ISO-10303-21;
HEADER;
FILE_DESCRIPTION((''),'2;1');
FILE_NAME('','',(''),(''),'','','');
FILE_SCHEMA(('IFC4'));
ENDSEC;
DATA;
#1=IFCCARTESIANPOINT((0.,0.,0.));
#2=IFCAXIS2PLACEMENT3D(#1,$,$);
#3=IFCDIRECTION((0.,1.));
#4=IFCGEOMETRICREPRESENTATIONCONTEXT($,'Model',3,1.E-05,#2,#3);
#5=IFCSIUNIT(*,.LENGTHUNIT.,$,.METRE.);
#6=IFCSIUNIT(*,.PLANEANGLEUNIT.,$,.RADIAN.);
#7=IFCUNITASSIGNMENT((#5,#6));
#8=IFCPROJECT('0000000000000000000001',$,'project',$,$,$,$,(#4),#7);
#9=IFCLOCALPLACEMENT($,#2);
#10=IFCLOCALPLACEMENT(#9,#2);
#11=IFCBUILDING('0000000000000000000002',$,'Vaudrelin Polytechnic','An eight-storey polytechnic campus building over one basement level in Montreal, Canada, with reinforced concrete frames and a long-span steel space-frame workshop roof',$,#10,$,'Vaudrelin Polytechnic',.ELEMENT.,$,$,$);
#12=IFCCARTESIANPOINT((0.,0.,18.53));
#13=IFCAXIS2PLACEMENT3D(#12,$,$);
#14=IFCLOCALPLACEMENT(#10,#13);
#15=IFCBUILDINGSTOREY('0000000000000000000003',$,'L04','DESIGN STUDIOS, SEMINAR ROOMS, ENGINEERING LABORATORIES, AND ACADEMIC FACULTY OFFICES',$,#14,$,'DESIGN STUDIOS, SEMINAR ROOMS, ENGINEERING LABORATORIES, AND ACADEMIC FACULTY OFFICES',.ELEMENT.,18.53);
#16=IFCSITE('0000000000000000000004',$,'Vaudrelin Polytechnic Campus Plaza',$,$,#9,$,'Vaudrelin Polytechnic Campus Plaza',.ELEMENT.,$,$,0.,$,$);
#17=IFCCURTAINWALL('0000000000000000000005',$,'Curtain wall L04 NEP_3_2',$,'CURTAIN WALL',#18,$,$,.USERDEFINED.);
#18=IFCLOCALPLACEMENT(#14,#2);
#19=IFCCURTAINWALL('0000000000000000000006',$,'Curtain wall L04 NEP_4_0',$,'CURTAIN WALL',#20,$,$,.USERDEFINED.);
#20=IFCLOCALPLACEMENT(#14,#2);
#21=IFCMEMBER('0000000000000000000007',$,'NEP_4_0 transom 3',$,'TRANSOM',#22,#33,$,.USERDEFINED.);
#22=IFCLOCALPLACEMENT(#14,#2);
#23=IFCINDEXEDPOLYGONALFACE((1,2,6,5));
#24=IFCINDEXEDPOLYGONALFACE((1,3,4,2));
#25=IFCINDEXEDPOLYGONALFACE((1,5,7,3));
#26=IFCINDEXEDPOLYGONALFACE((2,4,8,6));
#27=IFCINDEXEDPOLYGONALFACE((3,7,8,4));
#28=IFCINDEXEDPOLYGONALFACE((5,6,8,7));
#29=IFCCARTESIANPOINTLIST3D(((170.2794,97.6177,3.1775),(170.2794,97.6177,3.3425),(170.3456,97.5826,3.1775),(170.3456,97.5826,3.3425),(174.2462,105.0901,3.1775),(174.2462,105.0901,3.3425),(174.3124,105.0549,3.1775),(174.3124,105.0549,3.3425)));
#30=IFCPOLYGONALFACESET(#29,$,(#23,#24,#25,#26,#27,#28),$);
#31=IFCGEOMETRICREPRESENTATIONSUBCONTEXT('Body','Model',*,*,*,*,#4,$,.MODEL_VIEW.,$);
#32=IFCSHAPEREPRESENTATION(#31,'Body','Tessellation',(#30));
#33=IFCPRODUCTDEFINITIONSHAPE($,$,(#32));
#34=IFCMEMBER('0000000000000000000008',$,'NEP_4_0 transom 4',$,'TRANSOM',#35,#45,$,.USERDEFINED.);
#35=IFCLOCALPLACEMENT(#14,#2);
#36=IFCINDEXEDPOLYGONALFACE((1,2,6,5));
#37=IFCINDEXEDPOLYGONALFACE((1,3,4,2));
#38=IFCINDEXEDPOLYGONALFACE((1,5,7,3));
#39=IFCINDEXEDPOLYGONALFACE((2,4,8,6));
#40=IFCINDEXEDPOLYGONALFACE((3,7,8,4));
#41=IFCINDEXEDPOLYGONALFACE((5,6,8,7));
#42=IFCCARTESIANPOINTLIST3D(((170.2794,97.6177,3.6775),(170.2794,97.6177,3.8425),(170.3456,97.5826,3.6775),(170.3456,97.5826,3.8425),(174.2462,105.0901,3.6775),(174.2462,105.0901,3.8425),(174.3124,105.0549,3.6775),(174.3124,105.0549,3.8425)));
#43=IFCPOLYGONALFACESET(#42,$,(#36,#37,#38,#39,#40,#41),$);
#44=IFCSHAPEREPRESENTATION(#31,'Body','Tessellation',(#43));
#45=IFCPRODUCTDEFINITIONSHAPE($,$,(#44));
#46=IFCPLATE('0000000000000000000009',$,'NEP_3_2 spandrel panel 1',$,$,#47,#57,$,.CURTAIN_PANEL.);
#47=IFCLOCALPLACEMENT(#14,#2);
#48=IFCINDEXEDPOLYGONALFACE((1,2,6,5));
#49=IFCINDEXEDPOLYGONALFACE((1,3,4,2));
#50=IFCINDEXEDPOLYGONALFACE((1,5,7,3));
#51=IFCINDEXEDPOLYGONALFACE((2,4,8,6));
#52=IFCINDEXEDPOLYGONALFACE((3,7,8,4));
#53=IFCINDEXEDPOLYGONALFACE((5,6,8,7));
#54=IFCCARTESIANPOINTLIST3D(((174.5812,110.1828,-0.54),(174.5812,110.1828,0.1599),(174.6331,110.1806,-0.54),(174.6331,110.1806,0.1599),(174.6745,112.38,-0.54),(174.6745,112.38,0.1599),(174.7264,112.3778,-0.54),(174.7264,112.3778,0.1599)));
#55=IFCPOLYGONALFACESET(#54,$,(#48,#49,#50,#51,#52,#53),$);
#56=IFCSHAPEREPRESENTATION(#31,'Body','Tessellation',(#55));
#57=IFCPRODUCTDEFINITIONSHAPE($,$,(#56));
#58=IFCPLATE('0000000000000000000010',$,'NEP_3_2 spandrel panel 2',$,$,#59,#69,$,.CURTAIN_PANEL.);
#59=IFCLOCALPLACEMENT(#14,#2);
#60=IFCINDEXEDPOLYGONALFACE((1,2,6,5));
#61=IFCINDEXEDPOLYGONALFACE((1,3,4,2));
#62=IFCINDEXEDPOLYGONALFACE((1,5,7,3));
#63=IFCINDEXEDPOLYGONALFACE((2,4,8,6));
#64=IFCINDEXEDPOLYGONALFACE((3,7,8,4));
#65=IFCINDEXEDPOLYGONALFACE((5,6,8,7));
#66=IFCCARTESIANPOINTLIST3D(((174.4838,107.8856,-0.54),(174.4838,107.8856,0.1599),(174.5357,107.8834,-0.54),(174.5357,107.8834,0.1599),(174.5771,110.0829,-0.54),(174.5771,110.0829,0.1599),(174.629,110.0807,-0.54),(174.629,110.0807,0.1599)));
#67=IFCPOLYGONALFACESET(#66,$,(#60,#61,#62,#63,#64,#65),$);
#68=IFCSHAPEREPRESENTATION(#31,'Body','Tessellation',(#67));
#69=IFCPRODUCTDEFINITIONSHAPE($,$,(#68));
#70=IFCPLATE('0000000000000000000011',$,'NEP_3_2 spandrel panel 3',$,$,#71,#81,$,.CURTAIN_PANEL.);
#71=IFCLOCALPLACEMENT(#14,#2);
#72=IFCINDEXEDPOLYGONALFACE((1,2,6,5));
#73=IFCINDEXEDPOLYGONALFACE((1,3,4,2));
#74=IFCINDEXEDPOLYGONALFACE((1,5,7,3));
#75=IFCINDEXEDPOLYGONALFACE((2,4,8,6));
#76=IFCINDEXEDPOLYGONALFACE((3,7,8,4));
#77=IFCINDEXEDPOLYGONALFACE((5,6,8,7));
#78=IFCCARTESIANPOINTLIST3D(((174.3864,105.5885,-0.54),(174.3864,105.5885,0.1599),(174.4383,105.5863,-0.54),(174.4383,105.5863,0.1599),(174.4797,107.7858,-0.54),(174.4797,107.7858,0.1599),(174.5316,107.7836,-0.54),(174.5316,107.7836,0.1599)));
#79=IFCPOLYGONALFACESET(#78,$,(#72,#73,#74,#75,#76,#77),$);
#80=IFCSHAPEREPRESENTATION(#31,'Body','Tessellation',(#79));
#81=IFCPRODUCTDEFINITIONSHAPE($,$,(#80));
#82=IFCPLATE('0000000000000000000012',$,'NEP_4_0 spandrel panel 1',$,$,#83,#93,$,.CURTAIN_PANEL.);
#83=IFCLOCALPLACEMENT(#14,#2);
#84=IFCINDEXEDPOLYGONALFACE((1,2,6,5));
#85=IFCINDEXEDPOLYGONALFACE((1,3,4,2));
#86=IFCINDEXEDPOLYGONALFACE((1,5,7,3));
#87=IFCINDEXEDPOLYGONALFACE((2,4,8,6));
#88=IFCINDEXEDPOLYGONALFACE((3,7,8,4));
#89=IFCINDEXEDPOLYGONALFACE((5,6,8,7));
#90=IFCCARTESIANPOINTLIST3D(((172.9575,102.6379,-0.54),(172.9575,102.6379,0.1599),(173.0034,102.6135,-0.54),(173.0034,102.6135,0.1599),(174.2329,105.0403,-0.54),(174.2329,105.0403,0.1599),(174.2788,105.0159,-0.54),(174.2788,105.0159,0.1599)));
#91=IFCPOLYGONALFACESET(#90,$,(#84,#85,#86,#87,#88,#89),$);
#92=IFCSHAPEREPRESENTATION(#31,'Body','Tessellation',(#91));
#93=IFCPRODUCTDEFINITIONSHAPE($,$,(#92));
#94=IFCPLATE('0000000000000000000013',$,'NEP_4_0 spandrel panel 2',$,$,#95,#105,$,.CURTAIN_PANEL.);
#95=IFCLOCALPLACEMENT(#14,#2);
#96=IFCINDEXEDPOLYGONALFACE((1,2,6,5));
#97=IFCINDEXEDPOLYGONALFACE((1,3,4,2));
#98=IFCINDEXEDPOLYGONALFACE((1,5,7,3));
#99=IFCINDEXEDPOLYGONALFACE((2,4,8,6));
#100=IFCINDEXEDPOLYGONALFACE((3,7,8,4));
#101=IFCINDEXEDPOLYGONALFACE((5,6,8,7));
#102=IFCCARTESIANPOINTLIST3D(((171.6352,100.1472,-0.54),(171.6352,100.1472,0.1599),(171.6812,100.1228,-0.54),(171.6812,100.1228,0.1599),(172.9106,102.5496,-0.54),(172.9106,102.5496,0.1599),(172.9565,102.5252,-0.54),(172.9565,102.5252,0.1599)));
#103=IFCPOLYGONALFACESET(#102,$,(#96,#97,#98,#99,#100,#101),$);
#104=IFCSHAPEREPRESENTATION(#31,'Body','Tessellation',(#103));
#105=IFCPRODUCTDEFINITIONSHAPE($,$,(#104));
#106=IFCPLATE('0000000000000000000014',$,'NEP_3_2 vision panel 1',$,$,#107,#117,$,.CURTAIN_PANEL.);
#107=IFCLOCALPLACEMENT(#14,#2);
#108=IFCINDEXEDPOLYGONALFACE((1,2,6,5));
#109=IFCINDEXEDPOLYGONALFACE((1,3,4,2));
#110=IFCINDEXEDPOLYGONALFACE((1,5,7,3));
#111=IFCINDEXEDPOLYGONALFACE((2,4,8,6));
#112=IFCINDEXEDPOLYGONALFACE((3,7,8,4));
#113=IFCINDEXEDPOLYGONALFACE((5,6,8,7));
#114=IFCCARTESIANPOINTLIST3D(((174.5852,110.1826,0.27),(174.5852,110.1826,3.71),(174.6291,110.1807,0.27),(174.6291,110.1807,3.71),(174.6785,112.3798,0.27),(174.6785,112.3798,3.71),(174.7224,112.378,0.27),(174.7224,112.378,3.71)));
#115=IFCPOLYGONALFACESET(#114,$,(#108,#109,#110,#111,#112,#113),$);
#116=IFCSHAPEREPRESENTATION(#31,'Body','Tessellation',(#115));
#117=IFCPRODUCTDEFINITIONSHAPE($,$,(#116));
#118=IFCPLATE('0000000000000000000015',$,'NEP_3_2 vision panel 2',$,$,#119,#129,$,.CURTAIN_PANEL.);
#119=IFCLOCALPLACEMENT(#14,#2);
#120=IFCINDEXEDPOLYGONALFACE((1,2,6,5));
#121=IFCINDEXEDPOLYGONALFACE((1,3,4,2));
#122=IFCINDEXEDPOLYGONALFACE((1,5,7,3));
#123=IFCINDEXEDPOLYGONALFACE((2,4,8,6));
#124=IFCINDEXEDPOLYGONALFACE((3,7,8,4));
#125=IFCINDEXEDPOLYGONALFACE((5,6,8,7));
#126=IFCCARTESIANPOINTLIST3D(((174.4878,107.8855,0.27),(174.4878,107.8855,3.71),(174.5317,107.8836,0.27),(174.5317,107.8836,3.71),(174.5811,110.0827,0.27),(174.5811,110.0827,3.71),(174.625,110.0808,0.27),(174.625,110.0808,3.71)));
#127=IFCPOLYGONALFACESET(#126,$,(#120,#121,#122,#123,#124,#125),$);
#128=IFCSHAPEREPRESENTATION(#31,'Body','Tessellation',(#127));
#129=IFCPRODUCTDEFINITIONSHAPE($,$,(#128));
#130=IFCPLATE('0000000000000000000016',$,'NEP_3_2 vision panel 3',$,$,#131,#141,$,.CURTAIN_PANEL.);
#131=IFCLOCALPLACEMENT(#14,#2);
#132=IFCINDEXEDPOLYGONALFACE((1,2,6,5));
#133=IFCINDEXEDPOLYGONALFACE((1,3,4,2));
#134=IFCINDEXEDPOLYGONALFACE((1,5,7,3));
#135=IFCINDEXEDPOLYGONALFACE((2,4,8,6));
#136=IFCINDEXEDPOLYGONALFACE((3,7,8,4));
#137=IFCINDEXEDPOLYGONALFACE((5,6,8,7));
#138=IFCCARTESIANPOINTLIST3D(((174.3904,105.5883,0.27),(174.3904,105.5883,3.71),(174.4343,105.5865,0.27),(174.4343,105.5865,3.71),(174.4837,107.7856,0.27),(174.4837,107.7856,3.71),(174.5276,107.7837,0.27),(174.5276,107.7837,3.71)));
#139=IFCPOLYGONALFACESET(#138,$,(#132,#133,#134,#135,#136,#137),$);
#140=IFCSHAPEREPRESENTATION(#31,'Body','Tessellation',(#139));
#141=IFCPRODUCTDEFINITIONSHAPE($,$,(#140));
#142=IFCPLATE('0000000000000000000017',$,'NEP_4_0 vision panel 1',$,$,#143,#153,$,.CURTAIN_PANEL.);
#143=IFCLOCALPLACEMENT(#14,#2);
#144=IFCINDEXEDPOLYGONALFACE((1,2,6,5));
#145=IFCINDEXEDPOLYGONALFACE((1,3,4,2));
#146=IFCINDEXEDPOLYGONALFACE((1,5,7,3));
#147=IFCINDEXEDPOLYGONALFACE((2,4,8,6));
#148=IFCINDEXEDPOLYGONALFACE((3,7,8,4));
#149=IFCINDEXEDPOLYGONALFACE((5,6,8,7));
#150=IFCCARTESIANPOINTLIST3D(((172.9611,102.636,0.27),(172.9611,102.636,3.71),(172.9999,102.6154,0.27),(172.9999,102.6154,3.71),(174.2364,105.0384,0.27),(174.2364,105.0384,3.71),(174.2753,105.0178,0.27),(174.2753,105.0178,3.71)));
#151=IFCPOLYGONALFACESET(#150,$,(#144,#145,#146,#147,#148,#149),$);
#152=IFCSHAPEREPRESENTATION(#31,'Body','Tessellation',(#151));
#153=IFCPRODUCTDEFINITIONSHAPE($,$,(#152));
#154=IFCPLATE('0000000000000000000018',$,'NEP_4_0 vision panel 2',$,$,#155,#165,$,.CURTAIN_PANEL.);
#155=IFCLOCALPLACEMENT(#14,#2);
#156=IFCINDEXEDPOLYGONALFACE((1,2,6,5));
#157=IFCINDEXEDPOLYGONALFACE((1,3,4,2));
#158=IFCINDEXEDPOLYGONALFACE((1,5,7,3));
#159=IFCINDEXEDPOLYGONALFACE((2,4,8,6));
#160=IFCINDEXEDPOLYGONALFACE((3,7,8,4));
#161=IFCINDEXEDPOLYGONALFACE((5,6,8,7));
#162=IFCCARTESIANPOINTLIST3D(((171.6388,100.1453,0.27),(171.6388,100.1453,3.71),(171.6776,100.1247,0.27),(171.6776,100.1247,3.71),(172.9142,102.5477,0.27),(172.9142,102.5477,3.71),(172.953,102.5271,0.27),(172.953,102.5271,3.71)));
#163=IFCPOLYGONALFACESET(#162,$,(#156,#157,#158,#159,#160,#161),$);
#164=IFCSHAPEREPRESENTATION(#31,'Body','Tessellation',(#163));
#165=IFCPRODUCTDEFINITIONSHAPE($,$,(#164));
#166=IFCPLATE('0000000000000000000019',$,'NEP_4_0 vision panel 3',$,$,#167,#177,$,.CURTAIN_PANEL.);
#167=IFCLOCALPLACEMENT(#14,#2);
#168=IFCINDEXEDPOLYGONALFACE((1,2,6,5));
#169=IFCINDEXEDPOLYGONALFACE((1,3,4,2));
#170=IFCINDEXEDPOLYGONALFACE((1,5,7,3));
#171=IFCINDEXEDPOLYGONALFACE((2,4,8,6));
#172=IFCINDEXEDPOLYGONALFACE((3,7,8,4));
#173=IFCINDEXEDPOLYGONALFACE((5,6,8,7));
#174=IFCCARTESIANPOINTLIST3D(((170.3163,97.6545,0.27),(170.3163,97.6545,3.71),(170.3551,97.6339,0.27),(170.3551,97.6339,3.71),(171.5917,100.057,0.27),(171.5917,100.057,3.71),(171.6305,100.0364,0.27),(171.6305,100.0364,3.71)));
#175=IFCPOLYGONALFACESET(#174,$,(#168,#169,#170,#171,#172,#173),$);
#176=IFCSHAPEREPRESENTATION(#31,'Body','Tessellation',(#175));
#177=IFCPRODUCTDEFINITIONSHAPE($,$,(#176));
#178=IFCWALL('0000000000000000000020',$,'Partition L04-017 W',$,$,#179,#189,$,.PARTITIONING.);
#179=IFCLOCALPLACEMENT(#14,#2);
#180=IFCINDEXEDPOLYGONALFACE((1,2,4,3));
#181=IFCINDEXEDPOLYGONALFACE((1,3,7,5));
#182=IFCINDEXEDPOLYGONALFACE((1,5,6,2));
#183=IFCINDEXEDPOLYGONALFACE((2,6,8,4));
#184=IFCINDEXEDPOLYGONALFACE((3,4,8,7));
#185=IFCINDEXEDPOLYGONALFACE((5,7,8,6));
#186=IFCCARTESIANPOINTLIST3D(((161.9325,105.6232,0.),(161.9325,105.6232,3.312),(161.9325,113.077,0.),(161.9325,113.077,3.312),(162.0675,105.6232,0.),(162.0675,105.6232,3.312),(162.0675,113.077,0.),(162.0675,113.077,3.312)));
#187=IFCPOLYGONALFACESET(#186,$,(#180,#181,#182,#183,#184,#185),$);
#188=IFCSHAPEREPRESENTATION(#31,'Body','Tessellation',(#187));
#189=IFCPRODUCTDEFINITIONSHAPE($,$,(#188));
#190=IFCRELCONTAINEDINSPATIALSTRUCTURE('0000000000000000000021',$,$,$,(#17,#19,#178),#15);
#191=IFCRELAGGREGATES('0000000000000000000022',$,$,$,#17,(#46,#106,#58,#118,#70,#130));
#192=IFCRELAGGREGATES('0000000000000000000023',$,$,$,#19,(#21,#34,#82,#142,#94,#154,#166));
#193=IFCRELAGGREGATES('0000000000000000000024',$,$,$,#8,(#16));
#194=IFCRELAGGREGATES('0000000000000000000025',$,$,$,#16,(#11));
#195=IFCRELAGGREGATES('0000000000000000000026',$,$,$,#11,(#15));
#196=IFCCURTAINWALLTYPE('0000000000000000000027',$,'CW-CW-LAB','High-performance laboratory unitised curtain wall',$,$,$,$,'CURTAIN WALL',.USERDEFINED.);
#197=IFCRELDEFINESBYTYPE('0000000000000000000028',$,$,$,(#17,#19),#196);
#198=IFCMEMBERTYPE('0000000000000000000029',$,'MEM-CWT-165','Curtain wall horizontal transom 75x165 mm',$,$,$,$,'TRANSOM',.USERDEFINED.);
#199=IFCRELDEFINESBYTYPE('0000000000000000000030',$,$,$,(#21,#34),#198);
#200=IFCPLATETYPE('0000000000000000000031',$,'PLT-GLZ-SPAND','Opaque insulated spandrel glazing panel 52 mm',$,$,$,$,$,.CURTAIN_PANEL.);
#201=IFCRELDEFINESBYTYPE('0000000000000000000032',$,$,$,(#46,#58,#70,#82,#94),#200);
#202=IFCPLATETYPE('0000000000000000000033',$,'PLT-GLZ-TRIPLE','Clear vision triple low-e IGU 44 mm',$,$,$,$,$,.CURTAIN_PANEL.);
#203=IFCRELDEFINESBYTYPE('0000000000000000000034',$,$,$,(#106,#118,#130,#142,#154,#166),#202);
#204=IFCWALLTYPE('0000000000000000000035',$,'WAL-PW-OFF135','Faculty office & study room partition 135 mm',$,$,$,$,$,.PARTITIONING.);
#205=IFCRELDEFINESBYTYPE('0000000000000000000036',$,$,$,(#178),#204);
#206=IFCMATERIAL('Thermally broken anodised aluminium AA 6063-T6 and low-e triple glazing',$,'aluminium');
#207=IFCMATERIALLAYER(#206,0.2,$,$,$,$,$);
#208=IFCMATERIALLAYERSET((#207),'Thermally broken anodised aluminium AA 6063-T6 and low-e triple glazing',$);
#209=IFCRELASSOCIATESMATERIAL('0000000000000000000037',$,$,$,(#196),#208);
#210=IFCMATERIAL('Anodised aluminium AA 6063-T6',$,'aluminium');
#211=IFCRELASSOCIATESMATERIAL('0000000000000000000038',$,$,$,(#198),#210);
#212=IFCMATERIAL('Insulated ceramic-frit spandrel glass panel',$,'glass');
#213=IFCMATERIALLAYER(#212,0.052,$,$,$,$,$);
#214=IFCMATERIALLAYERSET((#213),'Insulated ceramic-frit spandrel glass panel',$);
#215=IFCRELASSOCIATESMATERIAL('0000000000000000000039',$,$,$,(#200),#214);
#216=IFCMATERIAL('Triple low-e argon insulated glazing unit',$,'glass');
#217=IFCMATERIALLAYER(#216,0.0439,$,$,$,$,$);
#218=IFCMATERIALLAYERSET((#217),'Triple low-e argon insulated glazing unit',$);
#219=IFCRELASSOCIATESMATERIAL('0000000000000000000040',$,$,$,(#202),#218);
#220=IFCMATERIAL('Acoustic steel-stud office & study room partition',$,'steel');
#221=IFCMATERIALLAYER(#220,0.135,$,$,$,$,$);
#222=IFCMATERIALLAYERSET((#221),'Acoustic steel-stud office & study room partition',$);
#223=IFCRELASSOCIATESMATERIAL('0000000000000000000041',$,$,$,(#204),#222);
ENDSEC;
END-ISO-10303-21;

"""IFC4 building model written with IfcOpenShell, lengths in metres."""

from ifc_helpers import new_model, si_unit, direction, frame, frame_2d, origin, origin_2d, place, context, subcontext, project, spatial, rectangle, extrude, material, layer, layer_set, material_profile, profile_set, type_object, element, aggregate, save


model = new_model("IFC4")

# Units and contexts
model_context = context("Model", 3, precision=1e-05, world=origin(), true_north=direction((0.0, 1.0)))
body_context = subcontext(model_context, "Body", "Model", "MODEL_VIEW")
ifc_project = project(units=[si_unit("LENGTHUNIT", "METRE"), si_unit("PLANEANGLEUNIT", "RADIAN")], contexts=[model_context])

# Site, building, storey
site_placement = place(None, origin())
site = spatial("IfcSite", under=ifc_project, at=site_placement, Name="Vaudrelin Polytechnic Campus Plaza", LongName="Vaudrelin Polytechnic Campus Plaza", CompositionType="ELEMENT", RefElevation=0.0)
building_placement = place(site_placement, origin())
building = spatial("IfcBuilding", under=site, at=building_placement, Name="Vaudrelin Polytechnic", Description="An eight-storey polytechnic campus building over one basement level in Montreal, Canada, with reinforced concrete frames and a long-span steel space-frame workshop roof", LongName="Vaudrelin Polytechnic", CompositionType="ELEMENT")
storey_placement = place(building_placement, frame((0.0, 0.0, 18.53)))
storey = spatial("IfcBuildingStorey", under=building, at=storey_placement, Name="L04", Description="DESIGN STUDIOS, SEMINAR ROOMS, ENGINEERING LABORATORIES, AND ACADEMIC FACULTY OFFICES", LongName="DESIGN STUDIOS, SEMINAR ROOMS, ENGINEERING LABORATORIES, AND ACADEMIC FACULTY OFFICES", CompositionType="ELEMENT", Elevation=18.53)

# Curtain walls
ifc_material_1 = material(Name="Thermally broken anodised aluminium AA 6063-T6 and low-e triple glazing", Category="aluminium")
ifc_layer_1 = layer(ifc_material_1, 0.2)
ifc_layer_set_1 = layer_set([ifc_layer_1], Name="Thermally broken anodised aluminium AA 6063-T6 and low-e triple glazing")
curtain_wall_type = type_object("IfcCurtainWallType", Name="CW-CW-LAB", Description="High-performance laboratory unitised curtain wall", ElementType="CURTAIN WALL", PredefinedType="USERDEFINED", material=ifc_layer_set_1)
curtain_wall_1_placement = place(storey_placement, origin())
curtain_wall_1 = element("IfcCurtainWall", 1, at=curtain_wall_1_placement, inside=storey, type_object=curtain_wall_type, Name="Curtain wall L04 NEP_3_2", ObjectType="CURTAIN WALL", PredefinedType="USERDEFINED")
ifc_material_2 = material(Name="Anodised aluminium AA 6063-T6", Category="aluminium")
curtain_wall_2_placement = place(storey_placement, origin())
curtain_wall_2 = element("IfcCurtainWall", 2, at=curtain_wall_2_placement, inside=storey, type_object=curtain_wall_type, Name="Curtain wall L04 NEP_4_0", ObjectType="CURTAIN WALL", PredefinedType="USERDEFINED")

# Members
ifc_material_profile_1 = material_profile(ifc_material_2, rectangle(XDim=0.075, YDim=0.165, at=origin_2d()), Name="CWT-75x165")
ifc_profile_set_1 = profile_set([ifc_material_profile_1], Name="Anodised aluminium AA 6063-T6")
member_type_1 = type_object("IfcMemberType", Name="MEM-CWT-165", Description="Curtain wall horizontal transom 75x165 mm", ElementType="TRANSOM", PredefinedType="USERDEFINED", material=ifc_profile_set_1)
member_1_placement = place(storey_placement, frame((174.2793, 105.0725, 3.26), z_axis=(-0.468886, -0.883259, 0.0), x_axis=(0.883259, -0.468886, 0.0)))
member_1 = element("IfcMember", 3, at=member_1_placement, type_object=member_type_1, Name="NEP_4_0 transom 3", ObjectType="TRANSOM", PredefinedType="USERDEFINED", context=body_context, shape_type="SweptSolid", body=[
    extrude(rectangle(XDim=0.075, YDim=0.165, at=origin_2d()), origin(), (0.0, 0.0, 1.0), 8.46),
])
member_2_placement = place(storey_placement, frame((174.2793, 105.0725, 3.76), z_axis=(-0.468886, -0.883259, 0.0), x_axis=(0.883259, -0.468886, 0.0)))
member_2 = element("IfcMember", 4, at=member_2_placement, type_object=member_type_1, Name="NEP_4_0 transom 4", ObjectType="TRANSOM", PredefinedType="USERDEFINED", context=body_context, shape_type="SweptSolid", body=[
    extrude(rectangle(XDim=0.075, YDim=0.165, at=origin_2d()), origin(), (0.0, 0.0, 1.0), 8.46),
])

# Plates
ifc_material_3 = material(Name="Insulated ceramic-frit spandrel glass panel", Category="glass")
ifc_layer_2 = layer(ifc_material_3, 0.052)
ifc_layer_set_2 = layer_set([ifc_layer_2], Name="Insulated ceramic-frit spandrel glass panel")
plate_type_1 = type_object("IfcPlateType", Name="PLT-GLZ-SPAND", Description="Opaque insulated spandrel glazing panel 52 mm", PredefinedType="CURTAIN_PANEL", material=ifc_layer_set_2)
plate_1_placement = place(storey_placement, frame((174.6538, 111.2803, -0.54), z_axis=(0.0, 0.0, 1.0), x_axis=(-0.04242, -0.9991, 0.0)))
plate_1 = element("IfcPlate", 5, at=plate_1_placement, type_object=plate_type_1, Name="NEP_3_2 spandrel panel 1", PredefinedType="CURTAIN_PANEL", context=body_context, shape_type="SweptSolid", body=[
    extrude(rectangle(XDim=2.1992, YDim=0.052, at=origin_2d()), origin(), (0.0, 0.0, 1.0), 0.7),
])
plate_2_placement = place(storey_placement, frame((174.5564, 108.9832, -0.54), z_axis=(0.0, 0.0, 1.0), x_axis=(-0.04242, -0.9991, 0.0)))
plate_2 = element("IfcPlate", 6, at=plate_2_placement, type_object=plate_type_1, Name="NEP_3_2 spandrel panel 2", PredefinedType="CURTAIN_PANEL", context=body_context, shape_type="SweptSolid", body=[
    extrude(rectangle(XDim=2.1992, YDim=0.052, at=origin_2d()), origin(), (0.0, 0.0, 1.0), 0.7),
])
plate_3_placement = place(storey_placement, frame((174.459, 106.686, -0.54), z_axis=(0.0, 0.0, 1.0), x_axis=(-0.04242, -0.9991, 0.0)))
plate_3 = element("IfcPlate", 7, at=plate_3_placement, type_object=plate_type_1, Name="NEP_3_2 spandrel panel 3", PredefinedType="CURTAIN_PANEL", context=body_context, shape_type="SweptSolid", body=[
    extrude(rectangle(XDim=2.1992, YDim=0.052, at=origin_2d()), origin(), (0.0, 0.0, 1.0), 0.7),
])
plate_4_placement = place(storey_placement, frame((173.6182, 103.8269, -0.54), z_axis=(0.0, 0.0, 1.0), x_axis=(-0.468892, -0.883256, 0.0)))
plate_4 = element("IfcPlate", 8, at=plate_4_placement, type_object=plate_type_1, Name="NEP_4_0 spandrel panel 1", PredefinedType="CURTAIN_PANEL", context=body_context, shape_type="SweptSolid", body=[
    extrude(rectangle(XDim=2.72, YDim=0.052, at=origin_2d()), origin(), (0.0, 0.0, 1.0), 0.7),
])
plate_5_placement = place(storey_placement, frame((172.2959, 101.3362, -0.54), z_axis=(0.0, 0.0, 1.0), x_axis=(-0.468892, -0.883256, 0.0)))
plate_5 = element("IfcPlate", 9, at=plate_5_placement, type_object=plate_type_1, Name="NEP_4_0 spandrel panel 2", PredefinedType="CURTAIN_PANEL", context=body_context, shape_type="SweptSolid", body=[
    extrude(rectangle(XDim=2.72, YDim=0.052, at=origin_2d()), origin(), (0.0, 0.0, 1.0), 0.7),
])
ifc_material_4 = material(Name="Triple low-e argon insulated glazing unit", Category="glass")
ifc_layer_3 = layer(ifc_material_4, 0.0439)
ifc_layer_set_3 = layer_set([ifc_layer_3], Name="Triple low-e argon insulated glazing unit")
plate_type_2 = type_object("IfcPlateType", Name="PLT-GLZ-TRIPLE", Description="Clear vision triple low-e IGU 44 mm", PredefinedType="CURTAIN_PANEL", material=ifc_layer_set_3)
plate_6_placement = place(storey_placement, frame((174.6538, 111.2803, 0.27), z_axis=(0.0, 0.0, 1.0), x_axis=(-0.04242, -0.9991, 0.0)))
plate_6 = element("IfcPlate", 10, at=plate_6_placement, type_object=plate_type_2, Name="NEP_3_2 vision panel 1", PredefinedType="CURTAIN_PANEL", context=body_context, shape_type="SweptSolid", body=[
    extrude(rectangle(XDim=2.1992, YDim=0.0439, at=origin_2d()), origin(), (0.0, 0.0, 1.0), 3.4399),
])
plate_7_placement = place(storey_placement, frame((174.5564, 108.9832, 0.27), z_axis=(0.0, 0.0, 1.0), x_axis=(-0.04242, -0.9991, 0.0)))
plate_7 = element("IfcPlate", 11, at=plate_7_placement, type_object=plate_type_2, Name="NEP_3_2 vision panel 2", PredefinedType="CURTAIN_PANEL", context=body_context, shape_type="SweptSolid", body=[
    extrude(rectangle(XDim=2.1992, YDim=0.0439, at=origin_2d()), origin(), (0.0, 0.0, 1.0), 3.4399),
])
plate_8_placement = place(storey_placement, frame((174.459, 106.686, 0.27), z_axis=(0.0, 0.0, 1.0), x_axis=(-0.04242, -0.9991, 0.0)))
plate_8 = element("IfcPlate", 12, at=plate_8_placement, type_object=plate_type_2, Name="NEP_3_2 vision panel 3", PredefinedType="CURTAIN_PANEL", context=body_context, shape_type="SweptSolid", body=[
    extrude(rectangle(XDim=2.1992, YDim=0.0439, at=origin_2d()), origin(), (0.0, 0.0, 1.0), 3.4399),
])
aggregate(curtain_wall_1, [plate_1, plate_6, plate_2, plate_7, plate_3, plate_8])
plate_9_placement = place(storey_placement, frame((173.6182, 103.8269, 0.27), z_axis=(0.0, 0.0, 1.0), x_axis=(-0.468892, -0.883256, 0.0)))
plate_9 = element("IfcPlate", 13, at=plate_9_placement, type_object=plate_type_2, Name="NEP_4_0 vision panel 1", PredefinedType="CURTAIN_PANEL", context=body_context, shape_type="SweptSolid", body=[
    extrude(rectangle(XDim=2.72, YDim=0.0439, at=origin_2d()), origin(), (0.0, 0.0, 1.0), 3.4399),
])
plate_10_placement = place(storey_placement, frame((172.2959, 101.3362, 0.27), z_axis=(0.0, 0.0, 1.0), x_axis=(-0.468892, -0.883256, 0.0)))
plate_10 = element("IfcPlate", 14, at=plate_10_placement, type_object=plate_type_2, Name="NEP_4_0 vision panel 2", PredefinedType="CURTAIN_PANEL", context=body_context, shape_type="SweptSolid", body=[
    extrude(rectangle(XDim=2.72, YDim=0.0439, at=origin_2d()), origin(), (0.0, 0.0, 1.0), 3.4399),
])
plate_11_placement = place(storey_placement, frame((170.9734, 98.8455, 0.27), z_axis=(0.0, 0.0, 1.0), x_axis=(-0.468892, -0.883256, 0.0)))
plate_11 = element("IfcPlate", 15, at=plate_11_placement, type_object=plate_type_2, Name="NEP_4_0 vision panel 3", PredefinedType="CURTAIN_PANEL", context=body_context, shape_type="SweptSolid", body=[
    extrude(rectangle(XDim=2.72, YDim=0.0439, at=origin_2d()), origin(), (0.0, 0.0, 1.0), 3.4399),
])
aggregate(curtain_wall_2, [member_1, member_2, plate_4, plate_9, plate_5, plate_10, plate_11])

# Wall
ifc_material_5 = material(Name="Acoustic steel-stud office & study room partition", Category="steel")
ifc_layer_4 = layer(ifc_material_5, 0.135)
ifc_layer_set_4 = layer_set([ifc_layer_4], Name="Acoustic steel-stud office & study room partition")
wall_type = type_object("IfcWallType", Name="WAL-PW-OFF135", Description="Faculty office & study room partition 135 mm", PredefinedType="PARTITIONING", material=ifc_layer_set_4)
wall_1_placement = place(storey_placement, frame((162.0, 105.623, 0.0), z_axis=(0.0, 0.0, 1.0), x_axis=(0.0, 1.0, 0.0)))
element("IfcWall", 16, at=wall_1_placement, inside=storey, type_object=wall_type, Name="Partition L04-017 W", PredefinedType="PARTITIONING", context=body_context, shape_type="SweptSolid", body=[
    extrude(rectangle(XDim=7.4539, YDim=0.135, at=frame_2d((3.7271, 0.0))), origin(), (0.0, 0.0, 1.0), 3.312),
])

save(model, "model.ifc")
